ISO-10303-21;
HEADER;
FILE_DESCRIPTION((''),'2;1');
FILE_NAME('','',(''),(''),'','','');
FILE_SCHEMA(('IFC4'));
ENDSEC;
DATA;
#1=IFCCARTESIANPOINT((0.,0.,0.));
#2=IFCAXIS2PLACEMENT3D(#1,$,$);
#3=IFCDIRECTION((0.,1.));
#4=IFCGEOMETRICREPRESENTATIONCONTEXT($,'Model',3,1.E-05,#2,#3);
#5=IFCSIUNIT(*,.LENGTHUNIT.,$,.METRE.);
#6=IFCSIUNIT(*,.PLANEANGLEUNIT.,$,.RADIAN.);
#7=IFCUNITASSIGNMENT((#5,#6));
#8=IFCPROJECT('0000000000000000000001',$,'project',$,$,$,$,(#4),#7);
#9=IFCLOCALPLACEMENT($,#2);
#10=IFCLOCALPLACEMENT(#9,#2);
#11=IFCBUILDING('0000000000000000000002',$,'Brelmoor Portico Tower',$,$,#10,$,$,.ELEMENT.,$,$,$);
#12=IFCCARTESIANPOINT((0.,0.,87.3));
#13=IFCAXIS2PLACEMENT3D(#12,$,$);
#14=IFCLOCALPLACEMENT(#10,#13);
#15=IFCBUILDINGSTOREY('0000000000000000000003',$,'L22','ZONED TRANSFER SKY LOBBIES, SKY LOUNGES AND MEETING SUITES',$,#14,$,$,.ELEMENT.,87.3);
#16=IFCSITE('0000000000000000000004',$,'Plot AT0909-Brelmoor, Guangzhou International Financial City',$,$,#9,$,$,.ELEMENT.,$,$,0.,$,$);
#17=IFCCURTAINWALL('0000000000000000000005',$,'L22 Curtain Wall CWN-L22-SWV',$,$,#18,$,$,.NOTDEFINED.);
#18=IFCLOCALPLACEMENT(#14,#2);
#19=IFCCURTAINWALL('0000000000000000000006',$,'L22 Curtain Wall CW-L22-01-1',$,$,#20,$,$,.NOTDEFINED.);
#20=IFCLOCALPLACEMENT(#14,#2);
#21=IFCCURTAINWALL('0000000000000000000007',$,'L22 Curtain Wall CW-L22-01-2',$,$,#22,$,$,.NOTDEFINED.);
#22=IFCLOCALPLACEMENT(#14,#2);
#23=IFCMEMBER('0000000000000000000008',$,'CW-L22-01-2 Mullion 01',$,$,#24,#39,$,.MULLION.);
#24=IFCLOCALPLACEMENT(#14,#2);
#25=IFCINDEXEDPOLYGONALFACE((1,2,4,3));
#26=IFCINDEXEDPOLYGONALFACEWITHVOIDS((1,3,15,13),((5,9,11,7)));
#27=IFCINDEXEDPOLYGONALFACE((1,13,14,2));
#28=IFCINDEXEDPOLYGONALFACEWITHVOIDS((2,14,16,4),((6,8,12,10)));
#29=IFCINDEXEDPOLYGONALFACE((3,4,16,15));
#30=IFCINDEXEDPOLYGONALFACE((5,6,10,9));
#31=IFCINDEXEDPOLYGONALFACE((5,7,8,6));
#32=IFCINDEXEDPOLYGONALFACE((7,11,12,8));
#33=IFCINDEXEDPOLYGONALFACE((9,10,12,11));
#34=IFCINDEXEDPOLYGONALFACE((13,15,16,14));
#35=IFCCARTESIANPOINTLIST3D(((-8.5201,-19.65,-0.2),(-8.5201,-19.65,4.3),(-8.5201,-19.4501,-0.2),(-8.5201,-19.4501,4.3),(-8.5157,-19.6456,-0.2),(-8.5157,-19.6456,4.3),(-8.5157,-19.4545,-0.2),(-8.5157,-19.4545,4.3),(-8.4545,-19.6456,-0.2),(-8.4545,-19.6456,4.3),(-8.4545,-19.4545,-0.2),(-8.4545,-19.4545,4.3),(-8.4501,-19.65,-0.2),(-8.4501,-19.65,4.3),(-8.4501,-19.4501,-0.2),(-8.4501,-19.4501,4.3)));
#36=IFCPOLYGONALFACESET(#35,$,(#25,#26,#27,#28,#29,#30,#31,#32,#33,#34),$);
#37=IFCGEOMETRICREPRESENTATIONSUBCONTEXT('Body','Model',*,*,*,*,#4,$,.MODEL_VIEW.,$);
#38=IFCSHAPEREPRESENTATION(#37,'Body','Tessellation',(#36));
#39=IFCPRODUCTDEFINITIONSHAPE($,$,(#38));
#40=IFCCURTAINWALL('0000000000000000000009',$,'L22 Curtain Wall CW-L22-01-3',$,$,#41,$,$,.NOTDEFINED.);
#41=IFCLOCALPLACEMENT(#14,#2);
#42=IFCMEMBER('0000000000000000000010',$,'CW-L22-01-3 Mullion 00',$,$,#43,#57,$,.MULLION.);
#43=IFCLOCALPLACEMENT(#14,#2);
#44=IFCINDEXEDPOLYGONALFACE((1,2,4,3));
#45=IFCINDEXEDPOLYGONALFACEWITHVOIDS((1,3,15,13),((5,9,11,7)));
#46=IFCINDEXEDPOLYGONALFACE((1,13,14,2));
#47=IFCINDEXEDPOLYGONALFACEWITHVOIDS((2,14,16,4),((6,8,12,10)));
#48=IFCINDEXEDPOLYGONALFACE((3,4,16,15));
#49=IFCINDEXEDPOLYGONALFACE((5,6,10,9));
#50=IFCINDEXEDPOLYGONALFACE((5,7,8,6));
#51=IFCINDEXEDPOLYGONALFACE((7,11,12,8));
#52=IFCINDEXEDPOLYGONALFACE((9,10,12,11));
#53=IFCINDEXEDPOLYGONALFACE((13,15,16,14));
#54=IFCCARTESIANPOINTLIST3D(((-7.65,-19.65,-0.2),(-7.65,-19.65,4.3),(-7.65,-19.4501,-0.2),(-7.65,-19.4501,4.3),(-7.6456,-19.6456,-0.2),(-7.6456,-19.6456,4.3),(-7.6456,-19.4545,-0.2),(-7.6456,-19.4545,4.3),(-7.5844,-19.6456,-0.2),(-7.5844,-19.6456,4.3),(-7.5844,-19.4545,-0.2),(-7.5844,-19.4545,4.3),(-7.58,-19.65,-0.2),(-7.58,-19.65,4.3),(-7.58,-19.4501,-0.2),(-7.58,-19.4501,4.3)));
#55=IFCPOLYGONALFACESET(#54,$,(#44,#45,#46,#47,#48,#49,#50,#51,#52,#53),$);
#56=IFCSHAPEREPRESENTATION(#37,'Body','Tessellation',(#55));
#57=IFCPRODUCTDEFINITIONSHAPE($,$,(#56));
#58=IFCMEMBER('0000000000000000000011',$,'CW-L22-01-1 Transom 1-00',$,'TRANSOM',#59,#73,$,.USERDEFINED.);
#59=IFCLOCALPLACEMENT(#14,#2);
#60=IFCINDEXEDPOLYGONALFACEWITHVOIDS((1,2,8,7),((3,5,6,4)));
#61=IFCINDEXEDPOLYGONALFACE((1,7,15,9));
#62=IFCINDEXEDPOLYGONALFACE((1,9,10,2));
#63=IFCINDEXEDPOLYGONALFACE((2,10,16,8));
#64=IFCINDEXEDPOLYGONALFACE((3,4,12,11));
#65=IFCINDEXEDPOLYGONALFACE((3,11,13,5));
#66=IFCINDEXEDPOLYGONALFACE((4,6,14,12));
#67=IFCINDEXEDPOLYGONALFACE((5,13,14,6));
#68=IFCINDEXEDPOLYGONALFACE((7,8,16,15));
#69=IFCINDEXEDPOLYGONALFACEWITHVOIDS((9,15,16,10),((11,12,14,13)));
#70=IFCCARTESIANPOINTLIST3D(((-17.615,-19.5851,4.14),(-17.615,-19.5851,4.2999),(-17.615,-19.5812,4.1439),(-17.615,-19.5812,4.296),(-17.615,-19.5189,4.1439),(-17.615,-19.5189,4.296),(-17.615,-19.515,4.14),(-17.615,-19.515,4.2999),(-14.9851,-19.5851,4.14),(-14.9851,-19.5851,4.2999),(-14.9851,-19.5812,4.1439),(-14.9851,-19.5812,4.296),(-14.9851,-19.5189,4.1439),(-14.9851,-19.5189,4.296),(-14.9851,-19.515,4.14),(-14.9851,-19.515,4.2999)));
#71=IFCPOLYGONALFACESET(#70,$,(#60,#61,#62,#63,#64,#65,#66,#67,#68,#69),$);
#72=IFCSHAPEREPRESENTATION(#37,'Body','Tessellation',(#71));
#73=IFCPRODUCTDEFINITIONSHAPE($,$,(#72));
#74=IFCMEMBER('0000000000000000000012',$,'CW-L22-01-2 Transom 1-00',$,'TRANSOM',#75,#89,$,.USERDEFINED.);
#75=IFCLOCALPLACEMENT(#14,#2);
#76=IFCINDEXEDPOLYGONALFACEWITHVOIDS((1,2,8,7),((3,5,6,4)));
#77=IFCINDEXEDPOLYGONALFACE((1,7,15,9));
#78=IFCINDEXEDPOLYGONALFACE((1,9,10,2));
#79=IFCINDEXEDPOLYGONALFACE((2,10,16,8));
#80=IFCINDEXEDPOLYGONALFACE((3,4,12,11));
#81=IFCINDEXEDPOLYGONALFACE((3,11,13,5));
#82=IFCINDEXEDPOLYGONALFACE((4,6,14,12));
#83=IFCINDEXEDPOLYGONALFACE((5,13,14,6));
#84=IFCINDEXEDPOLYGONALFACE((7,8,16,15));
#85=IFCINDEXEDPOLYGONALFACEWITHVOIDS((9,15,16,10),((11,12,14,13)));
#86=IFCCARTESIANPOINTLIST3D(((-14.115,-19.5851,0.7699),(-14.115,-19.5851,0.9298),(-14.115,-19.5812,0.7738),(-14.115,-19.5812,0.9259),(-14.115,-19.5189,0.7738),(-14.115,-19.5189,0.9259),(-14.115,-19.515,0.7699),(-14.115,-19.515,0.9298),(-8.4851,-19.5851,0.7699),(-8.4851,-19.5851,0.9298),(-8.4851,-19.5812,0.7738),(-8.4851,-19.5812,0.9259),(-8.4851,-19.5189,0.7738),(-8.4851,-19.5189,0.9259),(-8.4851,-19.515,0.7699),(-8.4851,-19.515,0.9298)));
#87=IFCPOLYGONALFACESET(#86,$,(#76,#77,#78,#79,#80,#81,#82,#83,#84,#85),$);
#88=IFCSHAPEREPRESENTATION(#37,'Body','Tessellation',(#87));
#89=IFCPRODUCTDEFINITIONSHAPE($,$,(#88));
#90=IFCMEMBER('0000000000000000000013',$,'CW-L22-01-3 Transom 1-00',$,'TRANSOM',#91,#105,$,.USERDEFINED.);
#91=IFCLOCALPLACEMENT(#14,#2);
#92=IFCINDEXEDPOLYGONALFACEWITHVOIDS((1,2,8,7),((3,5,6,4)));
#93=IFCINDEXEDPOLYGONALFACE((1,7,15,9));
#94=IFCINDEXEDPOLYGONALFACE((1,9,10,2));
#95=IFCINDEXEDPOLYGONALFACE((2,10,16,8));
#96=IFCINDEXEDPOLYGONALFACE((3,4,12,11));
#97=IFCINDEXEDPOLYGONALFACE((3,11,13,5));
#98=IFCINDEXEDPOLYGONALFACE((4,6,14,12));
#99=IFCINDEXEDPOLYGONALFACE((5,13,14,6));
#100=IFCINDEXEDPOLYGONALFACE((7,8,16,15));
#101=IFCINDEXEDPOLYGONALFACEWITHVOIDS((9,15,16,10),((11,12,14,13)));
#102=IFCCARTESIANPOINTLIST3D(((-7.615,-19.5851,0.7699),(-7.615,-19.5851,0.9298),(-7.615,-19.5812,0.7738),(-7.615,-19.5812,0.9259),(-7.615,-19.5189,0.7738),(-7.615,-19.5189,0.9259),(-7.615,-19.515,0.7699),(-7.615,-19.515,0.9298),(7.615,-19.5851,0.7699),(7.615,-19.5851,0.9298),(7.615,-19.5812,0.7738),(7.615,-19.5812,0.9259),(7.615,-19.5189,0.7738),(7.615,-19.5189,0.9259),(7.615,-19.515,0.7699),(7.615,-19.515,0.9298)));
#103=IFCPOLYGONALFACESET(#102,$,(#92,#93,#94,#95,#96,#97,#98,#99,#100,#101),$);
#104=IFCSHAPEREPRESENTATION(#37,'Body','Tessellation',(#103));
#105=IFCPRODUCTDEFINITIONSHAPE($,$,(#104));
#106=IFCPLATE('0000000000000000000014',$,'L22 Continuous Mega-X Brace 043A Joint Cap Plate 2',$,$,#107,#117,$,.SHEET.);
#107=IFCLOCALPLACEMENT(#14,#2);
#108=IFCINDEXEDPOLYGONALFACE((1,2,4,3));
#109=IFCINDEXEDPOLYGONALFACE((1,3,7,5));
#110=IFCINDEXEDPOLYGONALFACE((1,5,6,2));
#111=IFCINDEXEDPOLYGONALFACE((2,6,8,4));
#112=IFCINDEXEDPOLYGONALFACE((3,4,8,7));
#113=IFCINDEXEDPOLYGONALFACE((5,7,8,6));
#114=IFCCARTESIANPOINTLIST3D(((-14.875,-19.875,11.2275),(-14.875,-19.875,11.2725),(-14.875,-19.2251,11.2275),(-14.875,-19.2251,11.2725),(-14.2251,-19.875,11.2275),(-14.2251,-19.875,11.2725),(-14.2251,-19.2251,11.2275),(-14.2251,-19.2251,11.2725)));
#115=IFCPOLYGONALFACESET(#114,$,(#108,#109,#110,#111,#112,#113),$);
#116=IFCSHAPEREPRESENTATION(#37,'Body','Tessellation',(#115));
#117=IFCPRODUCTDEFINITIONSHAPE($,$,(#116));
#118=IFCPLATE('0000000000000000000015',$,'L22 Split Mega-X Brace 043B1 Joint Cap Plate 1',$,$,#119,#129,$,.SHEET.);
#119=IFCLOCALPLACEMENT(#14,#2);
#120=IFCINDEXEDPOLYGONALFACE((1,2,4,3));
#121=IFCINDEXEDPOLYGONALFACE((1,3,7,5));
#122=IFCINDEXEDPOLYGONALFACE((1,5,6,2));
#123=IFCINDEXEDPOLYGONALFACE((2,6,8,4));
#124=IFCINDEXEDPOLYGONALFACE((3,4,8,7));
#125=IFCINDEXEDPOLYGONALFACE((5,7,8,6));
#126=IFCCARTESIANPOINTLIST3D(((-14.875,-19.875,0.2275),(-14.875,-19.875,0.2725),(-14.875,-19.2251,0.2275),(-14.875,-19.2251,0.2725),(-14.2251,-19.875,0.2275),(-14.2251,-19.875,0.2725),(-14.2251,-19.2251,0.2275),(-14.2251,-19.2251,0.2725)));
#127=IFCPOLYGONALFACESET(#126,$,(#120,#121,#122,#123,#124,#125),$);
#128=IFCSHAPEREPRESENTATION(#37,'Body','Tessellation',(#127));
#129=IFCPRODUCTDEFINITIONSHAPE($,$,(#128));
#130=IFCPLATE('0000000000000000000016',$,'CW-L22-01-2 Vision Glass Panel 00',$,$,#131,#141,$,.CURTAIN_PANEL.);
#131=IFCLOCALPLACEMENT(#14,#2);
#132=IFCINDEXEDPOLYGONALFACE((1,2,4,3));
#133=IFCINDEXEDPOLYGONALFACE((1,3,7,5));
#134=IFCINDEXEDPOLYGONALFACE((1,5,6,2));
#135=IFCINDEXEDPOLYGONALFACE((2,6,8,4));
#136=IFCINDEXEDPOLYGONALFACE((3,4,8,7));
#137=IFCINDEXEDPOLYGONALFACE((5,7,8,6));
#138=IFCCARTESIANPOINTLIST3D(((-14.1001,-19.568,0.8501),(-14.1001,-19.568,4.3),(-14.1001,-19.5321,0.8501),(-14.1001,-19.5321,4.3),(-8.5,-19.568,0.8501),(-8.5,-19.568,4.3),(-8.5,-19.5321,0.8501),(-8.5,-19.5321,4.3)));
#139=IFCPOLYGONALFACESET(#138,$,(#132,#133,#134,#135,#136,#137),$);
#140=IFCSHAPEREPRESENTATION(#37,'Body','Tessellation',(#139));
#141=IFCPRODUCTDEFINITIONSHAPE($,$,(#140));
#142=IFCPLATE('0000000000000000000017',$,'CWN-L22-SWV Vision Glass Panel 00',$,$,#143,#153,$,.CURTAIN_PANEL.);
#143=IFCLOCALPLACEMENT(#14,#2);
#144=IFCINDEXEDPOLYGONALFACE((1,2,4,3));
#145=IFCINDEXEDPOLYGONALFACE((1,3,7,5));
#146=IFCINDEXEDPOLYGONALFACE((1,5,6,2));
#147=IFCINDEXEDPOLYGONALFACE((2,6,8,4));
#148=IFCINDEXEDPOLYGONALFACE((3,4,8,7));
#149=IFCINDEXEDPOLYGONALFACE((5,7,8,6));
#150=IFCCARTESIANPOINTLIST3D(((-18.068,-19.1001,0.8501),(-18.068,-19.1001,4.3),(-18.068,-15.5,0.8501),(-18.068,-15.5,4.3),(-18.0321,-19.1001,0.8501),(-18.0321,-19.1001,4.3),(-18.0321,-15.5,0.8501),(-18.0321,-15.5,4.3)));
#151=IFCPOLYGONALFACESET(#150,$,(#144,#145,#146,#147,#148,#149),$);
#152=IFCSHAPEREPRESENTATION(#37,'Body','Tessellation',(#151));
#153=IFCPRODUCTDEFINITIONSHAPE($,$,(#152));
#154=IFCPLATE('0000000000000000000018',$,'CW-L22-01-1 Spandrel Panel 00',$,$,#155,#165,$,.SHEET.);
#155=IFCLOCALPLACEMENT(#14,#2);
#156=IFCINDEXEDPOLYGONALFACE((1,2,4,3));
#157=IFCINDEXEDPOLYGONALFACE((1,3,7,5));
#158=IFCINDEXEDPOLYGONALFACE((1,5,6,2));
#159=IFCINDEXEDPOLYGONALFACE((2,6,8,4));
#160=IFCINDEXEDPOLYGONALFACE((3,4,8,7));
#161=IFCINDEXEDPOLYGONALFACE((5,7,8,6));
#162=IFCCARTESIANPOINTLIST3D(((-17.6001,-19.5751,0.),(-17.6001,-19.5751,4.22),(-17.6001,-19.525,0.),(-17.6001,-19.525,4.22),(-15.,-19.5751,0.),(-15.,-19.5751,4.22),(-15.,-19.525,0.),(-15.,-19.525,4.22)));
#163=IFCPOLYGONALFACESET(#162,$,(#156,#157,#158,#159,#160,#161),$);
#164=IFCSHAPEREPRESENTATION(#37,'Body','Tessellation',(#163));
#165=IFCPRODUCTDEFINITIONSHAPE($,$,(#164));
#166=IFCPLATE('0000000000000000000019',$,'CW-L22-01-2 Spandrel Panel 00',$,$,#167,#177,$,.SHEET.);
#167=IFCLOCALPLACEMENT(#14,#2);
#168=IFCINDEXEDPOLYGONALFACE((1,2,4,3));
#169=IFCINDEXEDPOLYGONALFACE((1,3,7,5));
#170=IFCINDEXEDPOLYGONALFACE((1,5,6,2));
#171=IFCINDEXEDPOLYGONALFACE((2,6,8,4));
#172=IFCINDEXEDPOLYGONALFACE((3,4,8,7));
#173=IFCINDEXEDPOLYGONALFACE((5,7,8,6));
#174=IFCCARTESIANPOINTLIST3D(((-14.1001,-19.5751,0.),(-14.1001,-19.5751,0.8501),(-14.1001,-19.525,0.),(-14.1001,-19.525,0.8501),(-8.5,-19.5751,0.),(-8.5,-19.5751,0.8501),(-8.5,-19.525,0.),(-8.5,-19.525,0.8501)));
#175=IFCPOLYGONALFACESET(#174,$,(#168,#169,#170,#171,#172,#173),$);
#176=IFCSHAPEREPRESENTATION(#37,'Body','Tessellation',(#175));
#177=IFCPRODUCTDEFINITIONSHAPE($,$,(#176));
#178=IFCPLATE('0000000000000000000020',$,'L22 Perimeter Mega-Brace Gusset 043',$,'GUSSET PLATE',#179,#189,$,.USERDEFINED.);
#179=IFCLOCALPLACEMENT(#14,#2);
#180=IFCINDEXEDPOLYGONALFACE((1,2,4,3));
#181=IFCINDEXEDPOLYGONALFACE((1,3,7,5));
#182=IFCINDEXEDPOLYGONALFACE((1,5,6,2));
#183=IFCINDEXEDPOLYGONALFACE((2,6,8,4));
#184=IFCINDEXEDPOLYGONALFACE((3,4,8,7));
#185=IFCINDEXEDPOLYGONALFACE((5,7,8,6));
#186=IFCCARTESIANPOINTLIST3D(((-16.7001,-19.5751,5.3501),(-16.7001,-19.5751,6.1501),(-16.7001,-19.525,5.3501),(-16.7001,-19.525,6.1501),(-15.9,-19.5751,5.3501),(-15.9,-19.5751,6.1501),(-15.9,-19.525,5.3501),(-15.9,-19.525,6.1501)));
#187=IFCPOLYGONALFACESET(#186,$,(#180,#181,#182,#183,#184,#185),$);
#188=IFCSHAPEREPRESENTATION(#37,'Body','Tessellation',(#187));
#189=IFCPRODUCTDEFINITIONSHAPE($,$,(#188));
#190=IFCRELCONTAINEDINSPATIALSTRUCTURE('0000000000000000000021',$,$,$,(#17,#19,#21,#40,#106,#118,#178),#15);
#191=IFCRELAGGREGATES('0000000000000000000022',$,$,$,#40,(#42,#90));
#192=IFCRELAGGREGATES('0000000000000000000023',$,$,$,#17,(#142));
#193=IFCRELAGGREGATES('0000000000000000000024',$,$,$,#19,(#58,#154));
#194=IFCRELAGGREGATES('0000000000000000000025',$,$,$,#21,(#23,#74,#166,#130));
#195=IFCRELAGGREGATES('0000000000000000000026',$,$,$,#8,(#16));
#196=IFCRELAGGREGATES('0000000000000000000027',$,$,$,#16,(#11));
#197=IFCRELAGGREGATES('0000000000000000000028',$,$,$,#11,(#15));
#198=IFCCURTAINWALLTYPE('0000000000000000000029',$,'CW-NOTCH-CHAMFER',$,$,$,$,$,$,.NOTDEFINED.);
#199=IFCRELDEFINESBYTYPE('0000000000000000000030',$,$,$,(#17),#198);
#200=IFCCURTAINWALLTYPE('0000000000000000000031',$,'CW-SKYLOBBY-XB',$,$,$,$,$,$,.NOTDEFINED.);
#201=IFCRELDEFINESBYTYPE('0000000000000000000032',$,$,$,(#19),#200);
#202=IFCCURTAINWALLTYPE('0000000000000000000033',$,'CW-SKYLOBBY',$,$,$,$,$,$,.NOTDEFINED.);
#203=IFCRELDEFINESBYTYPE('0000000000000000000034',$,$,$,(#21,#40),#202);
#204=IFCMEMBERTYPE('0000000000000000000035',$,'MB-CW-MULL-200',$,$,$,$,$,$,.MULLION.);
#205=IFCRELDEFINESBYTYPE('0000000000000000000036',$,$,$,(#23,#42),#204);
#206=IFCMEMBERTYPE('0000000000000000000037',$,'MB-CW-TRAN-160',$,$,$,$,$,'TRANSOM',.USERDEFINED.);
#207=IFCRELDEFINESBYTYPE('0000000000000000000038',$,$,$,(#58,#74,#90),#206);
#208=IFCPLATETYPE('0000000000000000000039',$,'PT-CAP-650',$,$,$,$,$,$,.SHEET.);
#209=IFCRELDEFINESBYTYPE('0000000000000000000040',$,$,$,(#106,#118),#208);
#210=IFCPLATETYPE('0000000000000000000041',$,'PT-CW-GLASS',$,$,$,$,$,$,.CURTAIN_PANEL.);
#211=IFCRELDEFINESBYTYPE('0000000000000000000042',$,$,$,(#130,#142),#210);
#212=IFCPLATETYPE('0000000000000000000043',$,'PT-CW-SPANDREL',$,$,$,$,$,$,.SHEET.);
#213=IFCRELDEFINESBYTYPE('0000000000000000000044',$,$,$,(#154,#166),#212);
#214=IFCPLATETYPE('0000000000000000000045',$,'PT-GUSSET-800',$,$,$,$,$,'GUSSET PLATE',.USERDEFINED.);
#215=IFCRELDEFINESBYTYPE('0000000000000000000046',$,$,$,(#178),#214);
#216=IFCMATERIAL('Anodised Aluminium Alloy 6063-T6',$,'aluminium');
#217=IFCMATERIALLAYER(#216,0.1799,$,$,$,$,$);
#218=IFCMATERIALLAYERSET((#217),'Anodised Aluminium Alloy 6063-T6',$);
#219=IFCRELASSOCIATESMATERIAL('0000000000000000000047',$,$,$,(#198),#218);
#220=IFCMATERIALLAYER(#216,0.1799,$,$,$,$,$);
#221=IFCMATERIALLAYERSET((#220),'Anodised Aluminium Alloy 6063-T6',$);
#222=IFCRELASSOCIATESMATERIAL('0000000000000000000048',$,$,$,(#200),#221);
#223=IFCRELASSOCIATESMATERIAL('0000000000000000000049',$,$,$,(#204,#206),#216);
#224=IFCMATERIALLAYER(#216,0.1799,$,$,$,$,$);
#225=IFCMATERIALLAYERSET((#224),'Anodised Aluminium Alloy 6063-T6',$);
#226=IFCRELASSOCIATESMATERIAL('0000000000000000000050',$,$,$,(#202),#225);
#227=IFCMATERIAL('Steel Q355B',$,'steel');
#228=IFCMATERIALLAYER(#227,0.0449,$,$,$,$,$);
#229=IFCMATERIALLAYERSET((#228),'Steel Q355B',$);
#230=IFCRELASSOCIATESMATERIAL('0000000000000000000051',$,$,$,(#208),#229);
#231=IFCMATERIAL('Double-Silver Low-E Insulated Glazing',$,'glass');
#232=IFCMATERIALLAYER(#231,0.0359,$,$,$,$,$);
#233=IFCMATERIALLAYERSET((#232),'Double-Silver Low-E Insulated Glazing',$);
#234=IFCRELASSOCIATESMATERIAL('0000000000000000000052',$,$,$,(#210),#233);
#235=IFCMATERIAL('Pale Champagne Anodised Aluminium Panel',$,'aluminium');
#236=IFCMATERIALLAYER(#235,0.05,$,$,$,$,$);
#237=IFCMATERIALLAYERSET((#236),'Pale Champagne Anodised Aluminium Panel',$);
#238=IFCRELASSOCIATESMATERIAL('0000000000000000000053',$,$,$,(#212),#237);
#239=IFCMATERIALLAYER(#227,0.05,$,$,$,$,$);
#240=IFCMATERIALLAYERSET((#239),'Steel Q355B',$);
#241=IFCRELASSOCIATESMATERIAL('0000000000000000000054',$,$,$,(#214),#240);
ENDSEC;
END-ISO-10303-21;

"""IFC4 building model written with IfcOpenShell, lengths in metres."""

from ifc_helpers import new_model, si_unit, direction, frame, origin, origin_2d, place, context, subcontext, project, spatial, rectangle, hollow_rectangle, extrude, material, layer, layer_set, material_profile, profile_set, type_object, element, aggregate, save


model = new_model("IFC4")

# Units and contexts
model_context = context("Model", 3, precision=1e-05, world=origin(), true_north=direction((0.0, 1.0)))
body_context = subcontext(model_context, "Body", "Model", "MODEL_VIEW")
ifc_project = project(units=[si_unit("LENGTHUNIT", "METRE"), si_unit("PLANEANGLEUNIT", "RADIAN")], contexts=[model_context])

# Site, building, storey
site_placement = place(None, origin())
site = spatial("IfcSite", under=ifc_project, at=site_placement, Name="Plot AT0909-Brelmoor, Guangzhou International Financial City", CompositionType="ELEMENT", RefElevation=0.0)
building_placement = place(site_placement, origin())
building = spatial("IfcBuilding", under=site, at=building_placement, Name="Brelmoor Portico Tower", CompositionType="ELEMENT")
storey_placement = place(building_placement, frame((0.0, 0.0, 87.3)))
storey = spatial("IfcBuildingStorey", under=building, at=storey_placement, Name="L22", Description="ZONED TRANSFER SKY LOBBIES, SKY LOUNGES AND MEETING SUITES", CompositionType="ELEMENT", Elevation=87.3)

# Shared definitions
ifc_material_1 = material(Name="Steel Q355B", Category="steel")

# Curtain wall
ifc_material_2 = material(Name="Anodised Aluminium Alloy 6063-T6", Category="aluminium")
ifc_layer_1 = layer(ifc_material_2, 0.1799)
ifc_layer_set_1 = layer_set([ifc_layer_1], Name="Anodised Aluminium Alloy 6063-T6")
curtain_wall_type_1 = type_object("IfcCurtainWallType", Name="CW-NOTCH-CHAMFER", PredefinedType="NOTDEFINED", material=ifc_layer_set_1)
curtain_wall_1_placement = place(storey_placement, origin())
curtain_wall_1 = element("IfcCurtainWall", 1, at=curtain_wall_1_placement, inside=storey, type_object=curtain_wall_type_1, Name="L22 Curtain Wall CWN-L22-SWV", PredefinedType="NOTDEFINED")

# Curtain walls, member
ifc_layer_2 = layer(ifc_material_2, 0.1799)
ifc_layer_set_2 = layer_set([ifc_layer_2], Name="Anodised Aluminium Alloy 6063-T6")
curtain_wall_type_2 = type_object("IfcCurtainWallType", Name="CW-SKYLOBBY-XB", PredefinedType="NOTDEFINED", material=ifc_layer_set_2)
curtain_wall_2_placement = place(storey_placement, origin())
curtain_wall_2 = element("IfcCurtainWall", 2, at=curtain_wall_2_placement, inside=storey, type_object=curtain_wall_type_2, Name="L22 Curtain Wall CW-L22-01-1", PredefinedType="NOTDEFINED")
ifc_material_profile_1 = material_profile(ifc_material_2, hollow_rectangle(XDim=0.0701, YDim=0.2, WallThickness=0.0044, at=origin_2d()), Name="ALU MULLION 70x200")
ifc_profile_set_1 = profile_set([ifc_material_profile_1], Name="Anodised Aluminium Alloy 6063-T6")
member_type_1 = type_object("IfcMemberType", Name="MB-CW-MULL-200", PredefinedType="MULLION", material=ifc_profile_set_1)
ifc_layer_3 = layer(ifc_material_2, 0.1799)
ifc_layer_set_3 = layer_set([ifc_layer_3], Name="Anodised Aluminium Alloy 6063-T6")
curtain_wall_type_3 = type_object("IfcCurtainWallType", Name="CW-SKYLOBBY", PredefinedType="NOTDEFINED", material=ifc_layer_set_3)
curtain_wall_3_placement = place(storey_placement, origin())
curtain_wall_3 = element("IfcCurtainWall", 3, at=curtain_wall_3_placement, inside=storey, type_object=curtain_wall_type_3, Name="L22 Curtain Wall CW-L22-01-2", PredefinedType="NOTDEFINED")
member_1_placement = place(storey_placement, frame((-8.4851, -19.55, -0.2), z_axis=(0.0, 0.0, 1.0), x_axis=(1.0, 0.0, 0.0)))
member_1 = element("IfcMember", 4, at=member_1_placement, type_object=member_type_1, Name="CW-L22-01-2 Mullion 01", PredefinedType="MULLION", context=body_context, shape_type="SweptSolid", body=[
    extrude(hollow_rectangle(XDim=0.0701, YDim=0.2, WallThickness=0.0044, at=origin_2d()), origin(), (0.0, 0.0, 1.0), 4.5),
])

# Curtain wall, member
curtain_wall_4_placement = place(storey_placement, origin())
curtain_wall_4 = element("IfcCurtainWall", 5, at=curtain_wall_4_placement, inside=storey, type_object=curtain_wall_type_3, Name="L22 Curtain Wall CW-L22-01-3", PredefinedType="NOTDEFINED")
member_2_placement = place(storey_placement, frame((-7.615, -19.55, -0.2), z_axis=(0.0, 0.0, 1.0), x_axis=(1.0, 0.0, 0.0)))
member_2 = element("IfcMember", 6, at=member_2_placement, type_object=member_type_1, Name="CW-L22-01-3 Mullion 00", PredefinedType="MULLION", context=body_context, shape_type="SweptSolid", body=[
    extrude(hollow_rectangle(XDim=0.0701, YDim=0.2, WallThickness=0.0044, at=origin_2d()), origin(), (0.0, 0.0, 1.0), 4.5),
])

# Members
ifc_material_profile_2 = material_profile(ifc_material_2, hollow_rectangle(XDim=0.0701, YDim=0.1599, WallThickness=0.0039, at=origin_2d()), Name="ALU TRANSOM 70x160")
ifc_profile_set_2 = profile_set([ifc_material_profile_2], Name="Anodised Aluminium Alloy 6063-T6")
member_type_2 = type_object("IfcMemberType", Name="MB-CW-TRAN-160", ElementType="TRANSOM", PredefinedType="USERDEFINED", material=ifc_profile_set_2)
member_3_placement = place(storey_placement, frame((-17.615, -19.55, 4.22), z_axis=(1.0, 0.0, 0.0), x_axis=(0.0, 1.0, 0.0)))
member_3 = element("IfcMember", 7, at=member_3_placement, type_object=member_type_2, Name="CW-L22-01-1 Transom 1-00", ObjectType="TRANSOM", PredefinedType="USERDEFINED", context=body_context, shape_type="SweptSolid", body=[
    extrude(hollow_rectangle(XDim=0.0701, YDim=0.1599, WallThickness=0.0039, at=origin_2d()), origin(), (0.0, 0.0, 1.0), 2.6299),
])
member_4_placement = place(storey_placement, frame((-14.115, -19.55, 0.8499), z_axis=(1.0, 0.0, 0.0), x_axis=(0.0, 1.0, 0.0)))
member_4 = element("IfcMember", 8, at=member_4_placement, type_object=member_type_2, Name="CW-L22-01-2 Transom 1-00", ObjectType="TRANSOM", PredefinedType="USERDEFINED", context=body_context, shape_type="SweptSolid", body=[
    extrude(hollow_rectangle(XDim=0.0701, YDim=0.1599, WallThickness=0.0039, at=origin_2d()), origin(), (0.0, 0.0, 1.0), 5.6299),
])
member_5_placement = place(storey_placement, frame((-7.615, -19.55, 0.8499), z_axis=(1.0, 0.0, 0.0), x_axis=(0.0, 1.0, 0.0)))
member_5 = element("IfcMember", 9, at=member_5_placement, type_object=member_type_2, Name="CW-L22-01-3 Transom 1-00", ObjectType="TRANSOM", PredefinedType="USERDEFINED", context=body_context, shape_type="SweptSolid", body=[
    extrude(hollow_rectangle(XDim=0.0701, YDim=0.1599, WallThickness=0.0039, at=origin_2d()), origin(), (0.0, 0.0, 1.0), 15.23),
])
aggregate(curtain_wall_4, [member_2, member_5])

# Plates
ifc_layer_4 = layer(ifc_material_1, 0.0449)
ifc_layer_set_4 = layer_set([ifc_layer_4], Name="Steel Q355B")
plate_type_1 = type_object("IfcPlateType", Name="PT-CAP-650", PredefinedType="SHEET", material=ifc_layer_set_4)
for number, where, z_axis, x_axis, name in (
    (10, (-14.55, -19.55, 11.2275), (0.0, 0.0, 1.0), (1.0, 0.0, 0.0), "L22 Continuous Mega-X Brace 043A Joint Cap Plate 2"),
    (11, (-14.55, -19.55, 0.2275), (0.0, 0.0, 1.0), (1.0, 0.0, 0.0), "L22 Split Mega-X Brace 043B1 Joint Cap Plate 1"),
):
    element("IfcPlate", number, at=place(storey_placement, frame(where, z_axis=z_axis, x_axis=x_axis)), inside=storey, type_object=plate_type_1, Name=name, PredefinedType="SHEET", context=body_context, shape_type="SweptSolid", body=[
        extrude(rectangle(XDim=0.6499, YDim=0.6499, at=origin_2d()), origin(), (0.0, 0.0, 1.0), 0.0449),
    ])

# Plates
ifc_material_3 = material(Name="Double-Silver Low-E Insulated Glazing", Category="glass")
ifc_layer_5 = layer(ifc_material_3, 0.0359)
ifc_layer_set_5 = layer_set([ifc_layer_5], Name="Double-Silver Low-E Insulated Glazing")
plate_type_2 = type_object("IfcPlateType", Name="PT-CW-GLASS", PredefinedType="CURTAIN_PANEL", material=ifc_layer_set_5)
plate_1_placement = place(storey_placement, frame((-11.3, -19.55, 0.8501), z_axis=(0.0, 0.0, 1.0), x_axis=(1.0, 0.0, 0.0)))
plate_1 = element("IfcPlate", 12, at=plate_1_placement, type_object=plate_type_2, Name="CW-L22-01-2 Vision Glass Panel 00", PredefinedType="CURTAIN_PANEL", context=body_context, shape_type="SweptSolid", body=[
    extrude(rectangle(XDim=5.6001, YDim=0.0359, at=origin_2d()), origin(), (0.0, 0.0, 1.0), 3.45),
])
plate_2_placement = place(storey_placement, frame((-18.05, -17.3, 0.8501), z_axis=(0.0, 0.0, 1.0), x_axis=(0.0, 1.0, 0.0)))
plate_2 = element("IfcPlate", 13, at=plate_2_placement, type_object=plate_type_2, Name="CWN-L22-SWV Vision Glass Panel 00", PredefinedType="CURTAIN_PANEL", context=body_context, shape_type="SweptSolid", body=[
    extrude(rectangle(XDim=3.6001, YDim=0.0359, at=origin_2d()), origin(), (0.0, 0.0, 1.0), 3.45),
])
aggregate(curtain_wall_1, [plate_2])
ifc_material_4 = material(Name="Pale Champagne Anodised Aluminium Panel", Category="aluminium")
ifc_layer_6 = layer(ifc_material_4, 0.05)
ifc_layer_set_6 = layer_set([ifc_layer_6], Name="Pale Champagne Anodised Aluminium Panel")
plate_type_3 = type_object("IfcPlateType", Name="PT-CW-SPANDREL", PredefinedType="SHEET", material=ifc_layer_set_6)
plate_3_placement = place(storey_placement, frame((-16.3, -19.55, 0.0), z_axis=(0.0, 0.0, 1.0), x_axis=(1.0, 0.0, 0.0)))
plate_3 = element("IfcPlate", 14, at=plate_3_placement, type_object=plate_type_3, Name="CW-L22-01-1 Spandrel Panel 00", PredefinedType="SHEET", context=body_context, shape_type="SweptSolid", body=[
    extrude(rectangle(XDim=2.6001, YDim=0.05, at=origin_2d()), origin(), (0.0, 0.0, 1.0), 4.22),
])
aggregate(curtain_wall_2, [member_3, plate_3])
plate_4_placement = place(storey_placement, frame((-11.3, -19.55, 0.0), z_axis=(0.0, 0.0, 1.0), x_axis=(1.0, 0.0, 0.0)))
plate_4 = element("IfcPlate", 15, at=plate_4_placement, type_object=plate_type_3, Name="CW-L22-01-2 Spandrel Panel 00", PredefinedType="SHEET", context=body_context, shape_type="SweptSolid", body=[
    extrude(rectangle(XDim=5.6001, YDim=0.05, at=origin_2d()), origin(), (0.0, 0.0, 1.0), 0.8501),
])
aggregate(curtain_wall_3, [member_1, member_4, plate_4, plate_1])
ifc_layer_7 = layer(ifc_material_1, 0.05)
ifc_layer_set_7 = layer_set([ifc_layer_7], Name="Steel Q355B")
plate_type_4 = type_object("IfcPlateType", Name="PT-GUSSET-800", ElementType="GUSSET PLATE", PredefinedType="USERDEFINED", material=ifc_layer_set_7)
plate_5_placement = place(storey_placement, frame((-16.3, -19.55, 5.3501), z_axis=(0.0, 0.0, 1.0), x_axis=(1.0, 0.0, 0.0)))
element("IfcPlate", 16, at=plate_5_placement, inside=storey, type_object=plate_type_4, Name="L22 Perimeter Mega-Brace Gusset 043", ObjectType="GUSSET PLATE", PredefinedType="USERDEFINED", context=body_context, shape_type="SweptSolid", body=[
    extrude(rectangle(XDim=0.8, YDim=0.05, at=origin_2d()), origin(), (0.0, 0.0, 1.0), 0.8),
])

save(model, "model.ifc")
